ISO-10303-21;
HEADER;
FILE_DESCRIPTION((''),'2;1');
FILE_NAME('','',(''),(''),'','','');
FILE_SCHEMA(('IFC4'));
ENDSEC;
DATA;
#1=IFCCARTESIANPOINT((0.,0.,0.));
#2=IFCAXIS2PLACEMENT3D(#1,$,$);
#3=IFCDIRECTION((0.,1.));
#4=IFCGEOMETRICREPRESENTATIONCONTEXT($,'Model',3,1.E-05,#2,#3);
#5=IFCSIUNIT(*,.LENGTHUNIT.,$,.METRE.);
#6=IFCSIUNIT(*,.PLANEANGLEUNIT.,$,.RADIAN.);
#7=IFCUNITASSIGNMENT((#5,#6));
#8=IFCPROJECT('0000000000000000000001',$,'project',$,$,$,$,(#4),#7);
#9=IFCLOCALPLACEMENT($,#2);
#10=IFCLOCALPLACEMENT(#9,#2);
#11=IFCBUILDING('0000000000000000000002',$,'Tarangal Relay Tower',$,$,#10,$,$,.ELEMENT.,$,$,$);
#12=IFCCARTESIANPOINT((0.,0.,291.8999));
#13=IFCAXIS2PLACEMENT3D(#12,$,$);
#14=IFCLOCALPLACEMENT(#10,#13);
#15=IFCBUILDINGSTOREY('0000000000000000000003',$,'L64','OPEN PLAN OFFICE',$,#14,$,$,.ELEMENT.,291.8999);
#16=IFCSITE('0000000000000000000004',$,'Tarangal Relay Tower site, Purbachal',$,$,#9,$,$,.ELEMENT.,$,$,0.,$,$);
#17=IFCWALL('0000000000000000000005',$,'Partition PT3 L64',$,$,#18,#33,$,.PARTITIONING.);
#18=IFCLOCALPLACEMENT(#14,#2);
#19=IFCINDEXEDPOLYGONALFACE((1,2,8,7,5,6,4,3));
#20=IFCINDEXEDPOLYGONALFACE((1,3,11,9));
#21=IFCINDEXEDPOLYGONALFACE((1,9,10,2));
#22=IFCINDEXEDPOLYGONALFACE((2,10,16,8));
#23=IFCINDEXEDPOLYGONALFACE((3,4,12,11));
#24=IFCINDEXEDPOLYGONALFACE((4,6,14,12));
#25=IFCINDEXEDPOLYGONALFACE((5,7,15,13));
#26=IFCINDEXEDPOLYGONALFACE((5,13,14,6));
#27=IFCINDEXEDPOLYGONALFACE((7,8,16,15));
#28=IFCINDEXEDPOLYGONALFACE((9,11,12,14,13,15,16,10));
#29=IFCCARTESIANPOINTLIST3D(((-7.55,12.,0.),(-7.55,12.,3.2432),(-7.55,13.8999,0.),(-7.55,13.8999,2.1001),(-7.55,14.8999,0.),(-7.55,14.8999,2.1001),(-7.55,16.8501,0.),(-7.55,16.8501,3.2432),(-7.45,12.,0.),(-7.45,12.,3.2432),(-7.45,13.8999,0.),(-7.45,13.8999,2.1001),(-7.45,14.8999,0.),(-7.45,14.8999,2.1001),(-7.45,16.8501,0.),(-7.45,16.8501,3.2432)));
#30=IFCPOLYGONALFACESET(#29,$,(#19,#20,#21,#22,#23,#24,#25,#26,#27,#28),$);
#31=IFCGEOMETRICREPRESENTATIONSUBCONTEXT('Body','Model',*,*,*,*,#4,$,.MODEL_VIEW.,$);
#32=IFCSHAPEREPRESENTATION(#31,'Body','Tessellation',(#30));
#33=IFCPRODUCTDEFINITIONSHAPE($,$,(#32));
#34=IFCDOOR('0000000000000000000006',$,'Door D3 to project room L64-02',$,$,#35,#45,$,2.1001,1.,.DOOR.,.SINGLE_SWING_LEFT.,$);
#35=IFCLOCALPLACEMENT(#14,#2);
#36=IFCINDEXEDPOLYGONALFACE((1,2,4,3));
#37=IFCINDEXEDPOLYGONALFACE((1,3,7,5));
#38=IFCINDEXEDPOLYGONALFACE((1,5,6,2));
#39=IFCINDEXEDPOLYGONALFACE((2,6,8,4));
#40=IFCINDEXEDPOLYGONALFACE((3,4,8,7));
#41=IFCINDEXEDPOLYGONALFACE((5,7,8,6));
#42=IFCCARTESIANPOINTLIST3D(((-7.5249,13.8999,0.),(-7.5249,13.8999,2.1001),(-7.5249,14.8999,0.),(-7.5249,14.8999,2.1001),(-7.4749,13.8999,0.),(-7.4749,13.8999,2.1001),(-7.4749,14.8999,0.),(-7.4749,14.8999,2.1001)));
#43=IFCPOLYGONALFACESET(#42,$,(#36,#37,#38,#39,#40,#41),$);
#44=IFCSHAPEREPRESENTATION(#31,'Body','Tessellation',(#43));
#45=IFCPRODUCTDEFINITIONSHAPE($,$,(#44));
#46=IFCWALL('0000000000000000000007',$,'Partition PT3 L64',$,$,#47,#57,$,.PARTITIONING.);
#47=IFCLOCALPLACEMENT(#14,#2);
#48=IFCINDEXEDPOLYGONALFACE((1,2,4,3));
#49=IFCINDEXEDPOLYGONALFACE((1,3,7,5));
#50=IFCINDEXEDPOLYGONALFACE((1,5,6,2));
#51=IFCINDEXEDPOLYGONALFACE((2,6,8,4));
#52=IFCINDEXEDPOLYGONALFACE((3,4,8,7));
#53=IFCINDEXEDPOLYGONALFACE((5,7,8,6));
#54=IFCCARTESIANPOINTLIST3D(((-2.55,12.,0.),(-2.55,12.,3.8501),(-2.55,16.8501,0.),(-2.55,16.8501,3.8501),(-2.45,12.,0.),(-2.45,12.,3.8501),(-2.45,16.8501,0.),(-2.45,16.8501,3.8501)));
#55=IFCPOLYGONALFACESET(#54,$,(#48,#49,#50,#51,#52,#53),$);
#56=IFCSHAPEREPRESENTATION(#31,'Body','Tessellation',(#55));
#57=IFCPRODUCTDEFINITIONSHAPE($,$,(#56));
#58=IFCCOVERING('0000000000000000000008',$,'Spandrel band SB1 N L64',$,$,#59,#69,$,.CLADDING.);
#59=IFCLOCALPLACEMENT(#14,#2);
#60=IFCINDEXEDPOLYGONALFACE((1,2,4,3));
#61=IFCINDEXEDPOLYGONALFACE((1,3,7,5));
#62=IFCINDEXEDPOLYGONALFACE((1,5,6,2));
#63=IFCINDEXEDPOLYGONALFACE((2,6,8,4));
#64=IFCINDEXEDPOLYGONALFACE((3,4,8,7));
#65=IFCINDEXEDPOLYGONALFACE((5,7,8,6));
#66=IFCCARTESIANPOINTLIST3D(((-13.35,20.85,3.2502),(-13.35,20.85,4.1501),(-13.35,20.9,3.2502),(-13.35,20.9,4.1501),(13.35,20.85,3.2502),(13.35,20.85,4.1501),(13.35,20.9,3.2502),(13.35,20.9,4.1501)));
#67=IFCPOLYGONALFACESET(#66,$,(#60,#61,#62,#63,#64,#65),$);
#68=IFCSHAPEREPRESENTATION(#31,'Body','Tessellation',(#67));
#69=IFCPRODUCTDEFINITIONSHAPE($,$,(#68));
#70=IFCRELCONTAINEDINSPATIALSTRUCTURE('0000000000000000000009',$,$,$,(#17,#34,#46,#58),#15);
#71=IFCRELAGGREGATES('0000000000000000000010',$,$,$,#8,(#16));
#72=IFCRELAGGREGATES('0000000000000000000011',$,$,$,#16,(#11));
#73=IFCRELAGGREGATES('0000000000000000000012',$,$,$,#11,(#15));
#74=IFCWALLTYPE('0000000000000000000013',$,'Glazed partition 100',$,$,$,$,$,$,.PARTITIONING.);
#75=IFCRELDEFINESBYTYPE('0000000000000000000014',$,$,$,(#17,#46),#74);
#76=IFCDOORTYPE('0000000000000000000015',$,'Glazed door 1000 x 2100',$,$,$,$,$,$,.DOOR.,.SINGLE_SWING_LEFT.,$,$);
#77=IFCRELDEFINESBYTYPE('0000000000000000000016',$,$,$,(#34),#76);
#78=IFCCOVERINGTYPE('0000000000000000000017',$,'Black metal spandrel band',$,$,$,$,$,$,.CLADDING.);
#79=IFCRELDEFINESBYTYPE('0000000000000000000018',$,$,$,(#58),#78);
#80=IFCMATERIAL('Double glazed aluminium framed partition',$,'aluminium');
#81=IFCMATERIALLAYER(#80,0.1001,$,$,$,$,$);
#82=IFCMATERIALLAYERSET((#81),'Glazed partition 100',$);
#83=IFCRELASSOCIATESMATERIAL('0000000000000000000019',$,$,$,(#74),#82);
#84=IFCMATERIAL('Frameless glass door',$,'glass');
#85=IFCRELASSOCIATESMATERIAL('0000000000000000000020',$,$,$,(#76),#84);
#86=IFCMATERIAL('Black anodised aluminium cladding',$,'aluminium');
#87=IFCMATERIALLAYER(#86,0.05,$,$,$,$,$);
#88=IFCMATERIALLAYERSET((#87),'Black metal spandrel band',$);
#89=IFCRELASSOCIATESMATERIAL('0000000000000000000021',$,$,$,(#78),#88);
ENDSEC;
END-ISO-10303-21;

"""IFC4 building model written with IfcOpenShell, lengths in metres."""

from ifc_helpers import new_model, si_unit, direction, frame, frame_2d, origin, origin_2d, place, context, subcontext, project, spatial, rectangle, extrude, material, layer, layer_set, type_object, element, fill, save


model = new_model("IFC4")

# Units and contexts
model_context = context("Model", 3, precision=1e-05, world=origin(), true_north=direction((0.0, 1.0)))
body_context = subcontext(model_context, "Body", "Model", "MODEL_VIEW")
ifc_project = project(units=[si_unit("LENGTHUNIT", "METRE"), si_unit("PLANEANGLEUNIT", "RADIAN")], contexts=[model_context])

# Site, building, storey
site_placement = place(None, origin())
site = spatial("IfcSite", under=ifc_project, at=site_placement, Name="Tarangal Relay Tower site, Purbachal", CompositionType="ELEMENT", RefElevation=0.0)
building_placement = place(site_placement, origin())
building = spatial("IfcBuilding", under=site, at=building_placement, Name="Tarangal Relay Tower", CompositionType="ELEMENT")
storey_placement = place(building_placement, frame((0.0, 0.0, 291.8999)))
storey = spatial("IfcBuildingStorey", under=building, at=storey_placement, Name="L64", Description="OPEN PLAN OFFICE", CompositionType="ELEMENT", Elevation=291.8999)

# Wall, opening, door
ifc_material_1 = material(Name="Double glazed aluminium framed partition", Category="aluminium")
ifc_layer_1 = layer(ifc_material_1, 0.1001)
ifc_layer_set_1 = layer_set([ifc_layer_1], Name="Glazed partition 100")
wall_type = type_object("IfcWallType", Name="Glazed partition 100", PredefinedType="PARTITIONING", material=ifc_layer_set_1)
ifc_material_2 = material(Name="Frameless glass door", Category="glass")
door_type = type_object("IfcDoorType", Name="Glazed door 1000 x 2100", OperationType="SINGLE_SWING_LEFT", PredefinedType="DOOR", material=ifc_material_2)
wall_1_placement = place(storey_placement, frame((-7.5, 12.0, 0.0), z_axis=(0.0, 0.0, 1.0), x_axis=(0.0, 1.0, 0.0)))
wall_1 = element("IfcWall", 1, at=wall_1_placement, inside=storey, type_object=wall_type, Name="Partition PT3 L64", PredefinedType="PARTITIONING", context=body_context, shape_type="SweptSolid", body=[
    extrude(rectangle(XDim=4.8501, YDim=0.1001, at=frame_2d((2.425, 0.0))), origin(), (0.0, 0.0, 1.0), 3.2432),
])
opening_1_placement = place(wall_1_placement, frame((1.8999, 0.0, 0.0)))
opening_1 = element("IfcOpeningElement", 2, at=opening_1_placement, cuts=wall_1, PredefinedType="OPENING", context=body_context, shape_type="SweptSolid", body=[
    extrude(rectangle(XDim=1.0, YDim=2.1001, at=frame_2d((0.5, 1.05))), frame((0.0, 0.0601, 0.0), z_axis=(0.0, -1.0, 0.0), x_axis=(1.0, 0.0, 0.0)), (0.0, 0.0, 1.0), 0.1201),
])
door_1_placement = place(opening_1_placement, origin())
door_1 = element("IfcDoor", 3, at=door_1_placement, inside=storey, type_object=door_type, Name="Door D3 to project room L64-02", OperationType="SINGLE_SWING_LEFT", OverallHeight=2.1001, OverallWidth=1.0, PredefinedType="DOOR", context=body_context, shape_type="SweptSolid", body=[
    extrude(rectangle(XDim=1.0, YDim=2.1001, at=frame_2d((0.5, 1.05))), frame((0.0, 0.0249, 0.0), z_axis=(0.0, -1.0, 0.0), x_axis=(1.0, 0.0, 0.0)), (0.0, 0.0, 1.0), 0.05),
])
fill(opening_1, door_1)

# Wall
wall_2_placement = place(storey_placement, frame((-2.5, 12.0, 0.0), z_axis=(0.0, 0.0, 1.0), x_axis=(0.0, 1.0, 0.0)))
element("IfcWall", 4, at=wall_2_placement, inside=storey, type_object=wall_type, Name="Partition PT3 L64", PredefinedType="PARTITIONING", context=body_context, shape_type="SweptSolid", body=[
    extrude(rectangle(XDim=4.8501, YDim=0.1001, at=frame_2d((2.425, 0.0))), origin(), (0.0, 0.0, 1.0), 3.8501),
])

# Covering
ifc_material_3 = material(Name="Black anodised aluminium cladding", Category="aluminium")
ifc_layer_2 = layer(ifc_material_3, 0.05)
ifc_layer_set_2 = layer_set([ifc_layer_2], Name="Black metal spandrel band")
covering_type = type_object("IfcCoveringType", Name="Black metal spandrel band", PredefinedType="CLADDING", material=ifc_layer_set_2)
covering_placement = place(storey_placement, frame((0.0, 20.875, 3.2502), z_axis=(0.0, 0.0, 1.0), x_axis=(1.0, 0.0, 0.0)))
element("IfcCovering", 5, at=covering_placement, inside=storey, type_object=covering_type, Name="Spandrel band SB1 N L64", PredefinedType="CLADDING", context=body_context, shape_type="SweptSolid", body=[
    extrude(rectangle(XDim=26.7, YDim=0.05, at=origin_2d()), origin(), (0.0, 0.0, 1.0), 0.8999),
])

save(model, "model.ifc")
